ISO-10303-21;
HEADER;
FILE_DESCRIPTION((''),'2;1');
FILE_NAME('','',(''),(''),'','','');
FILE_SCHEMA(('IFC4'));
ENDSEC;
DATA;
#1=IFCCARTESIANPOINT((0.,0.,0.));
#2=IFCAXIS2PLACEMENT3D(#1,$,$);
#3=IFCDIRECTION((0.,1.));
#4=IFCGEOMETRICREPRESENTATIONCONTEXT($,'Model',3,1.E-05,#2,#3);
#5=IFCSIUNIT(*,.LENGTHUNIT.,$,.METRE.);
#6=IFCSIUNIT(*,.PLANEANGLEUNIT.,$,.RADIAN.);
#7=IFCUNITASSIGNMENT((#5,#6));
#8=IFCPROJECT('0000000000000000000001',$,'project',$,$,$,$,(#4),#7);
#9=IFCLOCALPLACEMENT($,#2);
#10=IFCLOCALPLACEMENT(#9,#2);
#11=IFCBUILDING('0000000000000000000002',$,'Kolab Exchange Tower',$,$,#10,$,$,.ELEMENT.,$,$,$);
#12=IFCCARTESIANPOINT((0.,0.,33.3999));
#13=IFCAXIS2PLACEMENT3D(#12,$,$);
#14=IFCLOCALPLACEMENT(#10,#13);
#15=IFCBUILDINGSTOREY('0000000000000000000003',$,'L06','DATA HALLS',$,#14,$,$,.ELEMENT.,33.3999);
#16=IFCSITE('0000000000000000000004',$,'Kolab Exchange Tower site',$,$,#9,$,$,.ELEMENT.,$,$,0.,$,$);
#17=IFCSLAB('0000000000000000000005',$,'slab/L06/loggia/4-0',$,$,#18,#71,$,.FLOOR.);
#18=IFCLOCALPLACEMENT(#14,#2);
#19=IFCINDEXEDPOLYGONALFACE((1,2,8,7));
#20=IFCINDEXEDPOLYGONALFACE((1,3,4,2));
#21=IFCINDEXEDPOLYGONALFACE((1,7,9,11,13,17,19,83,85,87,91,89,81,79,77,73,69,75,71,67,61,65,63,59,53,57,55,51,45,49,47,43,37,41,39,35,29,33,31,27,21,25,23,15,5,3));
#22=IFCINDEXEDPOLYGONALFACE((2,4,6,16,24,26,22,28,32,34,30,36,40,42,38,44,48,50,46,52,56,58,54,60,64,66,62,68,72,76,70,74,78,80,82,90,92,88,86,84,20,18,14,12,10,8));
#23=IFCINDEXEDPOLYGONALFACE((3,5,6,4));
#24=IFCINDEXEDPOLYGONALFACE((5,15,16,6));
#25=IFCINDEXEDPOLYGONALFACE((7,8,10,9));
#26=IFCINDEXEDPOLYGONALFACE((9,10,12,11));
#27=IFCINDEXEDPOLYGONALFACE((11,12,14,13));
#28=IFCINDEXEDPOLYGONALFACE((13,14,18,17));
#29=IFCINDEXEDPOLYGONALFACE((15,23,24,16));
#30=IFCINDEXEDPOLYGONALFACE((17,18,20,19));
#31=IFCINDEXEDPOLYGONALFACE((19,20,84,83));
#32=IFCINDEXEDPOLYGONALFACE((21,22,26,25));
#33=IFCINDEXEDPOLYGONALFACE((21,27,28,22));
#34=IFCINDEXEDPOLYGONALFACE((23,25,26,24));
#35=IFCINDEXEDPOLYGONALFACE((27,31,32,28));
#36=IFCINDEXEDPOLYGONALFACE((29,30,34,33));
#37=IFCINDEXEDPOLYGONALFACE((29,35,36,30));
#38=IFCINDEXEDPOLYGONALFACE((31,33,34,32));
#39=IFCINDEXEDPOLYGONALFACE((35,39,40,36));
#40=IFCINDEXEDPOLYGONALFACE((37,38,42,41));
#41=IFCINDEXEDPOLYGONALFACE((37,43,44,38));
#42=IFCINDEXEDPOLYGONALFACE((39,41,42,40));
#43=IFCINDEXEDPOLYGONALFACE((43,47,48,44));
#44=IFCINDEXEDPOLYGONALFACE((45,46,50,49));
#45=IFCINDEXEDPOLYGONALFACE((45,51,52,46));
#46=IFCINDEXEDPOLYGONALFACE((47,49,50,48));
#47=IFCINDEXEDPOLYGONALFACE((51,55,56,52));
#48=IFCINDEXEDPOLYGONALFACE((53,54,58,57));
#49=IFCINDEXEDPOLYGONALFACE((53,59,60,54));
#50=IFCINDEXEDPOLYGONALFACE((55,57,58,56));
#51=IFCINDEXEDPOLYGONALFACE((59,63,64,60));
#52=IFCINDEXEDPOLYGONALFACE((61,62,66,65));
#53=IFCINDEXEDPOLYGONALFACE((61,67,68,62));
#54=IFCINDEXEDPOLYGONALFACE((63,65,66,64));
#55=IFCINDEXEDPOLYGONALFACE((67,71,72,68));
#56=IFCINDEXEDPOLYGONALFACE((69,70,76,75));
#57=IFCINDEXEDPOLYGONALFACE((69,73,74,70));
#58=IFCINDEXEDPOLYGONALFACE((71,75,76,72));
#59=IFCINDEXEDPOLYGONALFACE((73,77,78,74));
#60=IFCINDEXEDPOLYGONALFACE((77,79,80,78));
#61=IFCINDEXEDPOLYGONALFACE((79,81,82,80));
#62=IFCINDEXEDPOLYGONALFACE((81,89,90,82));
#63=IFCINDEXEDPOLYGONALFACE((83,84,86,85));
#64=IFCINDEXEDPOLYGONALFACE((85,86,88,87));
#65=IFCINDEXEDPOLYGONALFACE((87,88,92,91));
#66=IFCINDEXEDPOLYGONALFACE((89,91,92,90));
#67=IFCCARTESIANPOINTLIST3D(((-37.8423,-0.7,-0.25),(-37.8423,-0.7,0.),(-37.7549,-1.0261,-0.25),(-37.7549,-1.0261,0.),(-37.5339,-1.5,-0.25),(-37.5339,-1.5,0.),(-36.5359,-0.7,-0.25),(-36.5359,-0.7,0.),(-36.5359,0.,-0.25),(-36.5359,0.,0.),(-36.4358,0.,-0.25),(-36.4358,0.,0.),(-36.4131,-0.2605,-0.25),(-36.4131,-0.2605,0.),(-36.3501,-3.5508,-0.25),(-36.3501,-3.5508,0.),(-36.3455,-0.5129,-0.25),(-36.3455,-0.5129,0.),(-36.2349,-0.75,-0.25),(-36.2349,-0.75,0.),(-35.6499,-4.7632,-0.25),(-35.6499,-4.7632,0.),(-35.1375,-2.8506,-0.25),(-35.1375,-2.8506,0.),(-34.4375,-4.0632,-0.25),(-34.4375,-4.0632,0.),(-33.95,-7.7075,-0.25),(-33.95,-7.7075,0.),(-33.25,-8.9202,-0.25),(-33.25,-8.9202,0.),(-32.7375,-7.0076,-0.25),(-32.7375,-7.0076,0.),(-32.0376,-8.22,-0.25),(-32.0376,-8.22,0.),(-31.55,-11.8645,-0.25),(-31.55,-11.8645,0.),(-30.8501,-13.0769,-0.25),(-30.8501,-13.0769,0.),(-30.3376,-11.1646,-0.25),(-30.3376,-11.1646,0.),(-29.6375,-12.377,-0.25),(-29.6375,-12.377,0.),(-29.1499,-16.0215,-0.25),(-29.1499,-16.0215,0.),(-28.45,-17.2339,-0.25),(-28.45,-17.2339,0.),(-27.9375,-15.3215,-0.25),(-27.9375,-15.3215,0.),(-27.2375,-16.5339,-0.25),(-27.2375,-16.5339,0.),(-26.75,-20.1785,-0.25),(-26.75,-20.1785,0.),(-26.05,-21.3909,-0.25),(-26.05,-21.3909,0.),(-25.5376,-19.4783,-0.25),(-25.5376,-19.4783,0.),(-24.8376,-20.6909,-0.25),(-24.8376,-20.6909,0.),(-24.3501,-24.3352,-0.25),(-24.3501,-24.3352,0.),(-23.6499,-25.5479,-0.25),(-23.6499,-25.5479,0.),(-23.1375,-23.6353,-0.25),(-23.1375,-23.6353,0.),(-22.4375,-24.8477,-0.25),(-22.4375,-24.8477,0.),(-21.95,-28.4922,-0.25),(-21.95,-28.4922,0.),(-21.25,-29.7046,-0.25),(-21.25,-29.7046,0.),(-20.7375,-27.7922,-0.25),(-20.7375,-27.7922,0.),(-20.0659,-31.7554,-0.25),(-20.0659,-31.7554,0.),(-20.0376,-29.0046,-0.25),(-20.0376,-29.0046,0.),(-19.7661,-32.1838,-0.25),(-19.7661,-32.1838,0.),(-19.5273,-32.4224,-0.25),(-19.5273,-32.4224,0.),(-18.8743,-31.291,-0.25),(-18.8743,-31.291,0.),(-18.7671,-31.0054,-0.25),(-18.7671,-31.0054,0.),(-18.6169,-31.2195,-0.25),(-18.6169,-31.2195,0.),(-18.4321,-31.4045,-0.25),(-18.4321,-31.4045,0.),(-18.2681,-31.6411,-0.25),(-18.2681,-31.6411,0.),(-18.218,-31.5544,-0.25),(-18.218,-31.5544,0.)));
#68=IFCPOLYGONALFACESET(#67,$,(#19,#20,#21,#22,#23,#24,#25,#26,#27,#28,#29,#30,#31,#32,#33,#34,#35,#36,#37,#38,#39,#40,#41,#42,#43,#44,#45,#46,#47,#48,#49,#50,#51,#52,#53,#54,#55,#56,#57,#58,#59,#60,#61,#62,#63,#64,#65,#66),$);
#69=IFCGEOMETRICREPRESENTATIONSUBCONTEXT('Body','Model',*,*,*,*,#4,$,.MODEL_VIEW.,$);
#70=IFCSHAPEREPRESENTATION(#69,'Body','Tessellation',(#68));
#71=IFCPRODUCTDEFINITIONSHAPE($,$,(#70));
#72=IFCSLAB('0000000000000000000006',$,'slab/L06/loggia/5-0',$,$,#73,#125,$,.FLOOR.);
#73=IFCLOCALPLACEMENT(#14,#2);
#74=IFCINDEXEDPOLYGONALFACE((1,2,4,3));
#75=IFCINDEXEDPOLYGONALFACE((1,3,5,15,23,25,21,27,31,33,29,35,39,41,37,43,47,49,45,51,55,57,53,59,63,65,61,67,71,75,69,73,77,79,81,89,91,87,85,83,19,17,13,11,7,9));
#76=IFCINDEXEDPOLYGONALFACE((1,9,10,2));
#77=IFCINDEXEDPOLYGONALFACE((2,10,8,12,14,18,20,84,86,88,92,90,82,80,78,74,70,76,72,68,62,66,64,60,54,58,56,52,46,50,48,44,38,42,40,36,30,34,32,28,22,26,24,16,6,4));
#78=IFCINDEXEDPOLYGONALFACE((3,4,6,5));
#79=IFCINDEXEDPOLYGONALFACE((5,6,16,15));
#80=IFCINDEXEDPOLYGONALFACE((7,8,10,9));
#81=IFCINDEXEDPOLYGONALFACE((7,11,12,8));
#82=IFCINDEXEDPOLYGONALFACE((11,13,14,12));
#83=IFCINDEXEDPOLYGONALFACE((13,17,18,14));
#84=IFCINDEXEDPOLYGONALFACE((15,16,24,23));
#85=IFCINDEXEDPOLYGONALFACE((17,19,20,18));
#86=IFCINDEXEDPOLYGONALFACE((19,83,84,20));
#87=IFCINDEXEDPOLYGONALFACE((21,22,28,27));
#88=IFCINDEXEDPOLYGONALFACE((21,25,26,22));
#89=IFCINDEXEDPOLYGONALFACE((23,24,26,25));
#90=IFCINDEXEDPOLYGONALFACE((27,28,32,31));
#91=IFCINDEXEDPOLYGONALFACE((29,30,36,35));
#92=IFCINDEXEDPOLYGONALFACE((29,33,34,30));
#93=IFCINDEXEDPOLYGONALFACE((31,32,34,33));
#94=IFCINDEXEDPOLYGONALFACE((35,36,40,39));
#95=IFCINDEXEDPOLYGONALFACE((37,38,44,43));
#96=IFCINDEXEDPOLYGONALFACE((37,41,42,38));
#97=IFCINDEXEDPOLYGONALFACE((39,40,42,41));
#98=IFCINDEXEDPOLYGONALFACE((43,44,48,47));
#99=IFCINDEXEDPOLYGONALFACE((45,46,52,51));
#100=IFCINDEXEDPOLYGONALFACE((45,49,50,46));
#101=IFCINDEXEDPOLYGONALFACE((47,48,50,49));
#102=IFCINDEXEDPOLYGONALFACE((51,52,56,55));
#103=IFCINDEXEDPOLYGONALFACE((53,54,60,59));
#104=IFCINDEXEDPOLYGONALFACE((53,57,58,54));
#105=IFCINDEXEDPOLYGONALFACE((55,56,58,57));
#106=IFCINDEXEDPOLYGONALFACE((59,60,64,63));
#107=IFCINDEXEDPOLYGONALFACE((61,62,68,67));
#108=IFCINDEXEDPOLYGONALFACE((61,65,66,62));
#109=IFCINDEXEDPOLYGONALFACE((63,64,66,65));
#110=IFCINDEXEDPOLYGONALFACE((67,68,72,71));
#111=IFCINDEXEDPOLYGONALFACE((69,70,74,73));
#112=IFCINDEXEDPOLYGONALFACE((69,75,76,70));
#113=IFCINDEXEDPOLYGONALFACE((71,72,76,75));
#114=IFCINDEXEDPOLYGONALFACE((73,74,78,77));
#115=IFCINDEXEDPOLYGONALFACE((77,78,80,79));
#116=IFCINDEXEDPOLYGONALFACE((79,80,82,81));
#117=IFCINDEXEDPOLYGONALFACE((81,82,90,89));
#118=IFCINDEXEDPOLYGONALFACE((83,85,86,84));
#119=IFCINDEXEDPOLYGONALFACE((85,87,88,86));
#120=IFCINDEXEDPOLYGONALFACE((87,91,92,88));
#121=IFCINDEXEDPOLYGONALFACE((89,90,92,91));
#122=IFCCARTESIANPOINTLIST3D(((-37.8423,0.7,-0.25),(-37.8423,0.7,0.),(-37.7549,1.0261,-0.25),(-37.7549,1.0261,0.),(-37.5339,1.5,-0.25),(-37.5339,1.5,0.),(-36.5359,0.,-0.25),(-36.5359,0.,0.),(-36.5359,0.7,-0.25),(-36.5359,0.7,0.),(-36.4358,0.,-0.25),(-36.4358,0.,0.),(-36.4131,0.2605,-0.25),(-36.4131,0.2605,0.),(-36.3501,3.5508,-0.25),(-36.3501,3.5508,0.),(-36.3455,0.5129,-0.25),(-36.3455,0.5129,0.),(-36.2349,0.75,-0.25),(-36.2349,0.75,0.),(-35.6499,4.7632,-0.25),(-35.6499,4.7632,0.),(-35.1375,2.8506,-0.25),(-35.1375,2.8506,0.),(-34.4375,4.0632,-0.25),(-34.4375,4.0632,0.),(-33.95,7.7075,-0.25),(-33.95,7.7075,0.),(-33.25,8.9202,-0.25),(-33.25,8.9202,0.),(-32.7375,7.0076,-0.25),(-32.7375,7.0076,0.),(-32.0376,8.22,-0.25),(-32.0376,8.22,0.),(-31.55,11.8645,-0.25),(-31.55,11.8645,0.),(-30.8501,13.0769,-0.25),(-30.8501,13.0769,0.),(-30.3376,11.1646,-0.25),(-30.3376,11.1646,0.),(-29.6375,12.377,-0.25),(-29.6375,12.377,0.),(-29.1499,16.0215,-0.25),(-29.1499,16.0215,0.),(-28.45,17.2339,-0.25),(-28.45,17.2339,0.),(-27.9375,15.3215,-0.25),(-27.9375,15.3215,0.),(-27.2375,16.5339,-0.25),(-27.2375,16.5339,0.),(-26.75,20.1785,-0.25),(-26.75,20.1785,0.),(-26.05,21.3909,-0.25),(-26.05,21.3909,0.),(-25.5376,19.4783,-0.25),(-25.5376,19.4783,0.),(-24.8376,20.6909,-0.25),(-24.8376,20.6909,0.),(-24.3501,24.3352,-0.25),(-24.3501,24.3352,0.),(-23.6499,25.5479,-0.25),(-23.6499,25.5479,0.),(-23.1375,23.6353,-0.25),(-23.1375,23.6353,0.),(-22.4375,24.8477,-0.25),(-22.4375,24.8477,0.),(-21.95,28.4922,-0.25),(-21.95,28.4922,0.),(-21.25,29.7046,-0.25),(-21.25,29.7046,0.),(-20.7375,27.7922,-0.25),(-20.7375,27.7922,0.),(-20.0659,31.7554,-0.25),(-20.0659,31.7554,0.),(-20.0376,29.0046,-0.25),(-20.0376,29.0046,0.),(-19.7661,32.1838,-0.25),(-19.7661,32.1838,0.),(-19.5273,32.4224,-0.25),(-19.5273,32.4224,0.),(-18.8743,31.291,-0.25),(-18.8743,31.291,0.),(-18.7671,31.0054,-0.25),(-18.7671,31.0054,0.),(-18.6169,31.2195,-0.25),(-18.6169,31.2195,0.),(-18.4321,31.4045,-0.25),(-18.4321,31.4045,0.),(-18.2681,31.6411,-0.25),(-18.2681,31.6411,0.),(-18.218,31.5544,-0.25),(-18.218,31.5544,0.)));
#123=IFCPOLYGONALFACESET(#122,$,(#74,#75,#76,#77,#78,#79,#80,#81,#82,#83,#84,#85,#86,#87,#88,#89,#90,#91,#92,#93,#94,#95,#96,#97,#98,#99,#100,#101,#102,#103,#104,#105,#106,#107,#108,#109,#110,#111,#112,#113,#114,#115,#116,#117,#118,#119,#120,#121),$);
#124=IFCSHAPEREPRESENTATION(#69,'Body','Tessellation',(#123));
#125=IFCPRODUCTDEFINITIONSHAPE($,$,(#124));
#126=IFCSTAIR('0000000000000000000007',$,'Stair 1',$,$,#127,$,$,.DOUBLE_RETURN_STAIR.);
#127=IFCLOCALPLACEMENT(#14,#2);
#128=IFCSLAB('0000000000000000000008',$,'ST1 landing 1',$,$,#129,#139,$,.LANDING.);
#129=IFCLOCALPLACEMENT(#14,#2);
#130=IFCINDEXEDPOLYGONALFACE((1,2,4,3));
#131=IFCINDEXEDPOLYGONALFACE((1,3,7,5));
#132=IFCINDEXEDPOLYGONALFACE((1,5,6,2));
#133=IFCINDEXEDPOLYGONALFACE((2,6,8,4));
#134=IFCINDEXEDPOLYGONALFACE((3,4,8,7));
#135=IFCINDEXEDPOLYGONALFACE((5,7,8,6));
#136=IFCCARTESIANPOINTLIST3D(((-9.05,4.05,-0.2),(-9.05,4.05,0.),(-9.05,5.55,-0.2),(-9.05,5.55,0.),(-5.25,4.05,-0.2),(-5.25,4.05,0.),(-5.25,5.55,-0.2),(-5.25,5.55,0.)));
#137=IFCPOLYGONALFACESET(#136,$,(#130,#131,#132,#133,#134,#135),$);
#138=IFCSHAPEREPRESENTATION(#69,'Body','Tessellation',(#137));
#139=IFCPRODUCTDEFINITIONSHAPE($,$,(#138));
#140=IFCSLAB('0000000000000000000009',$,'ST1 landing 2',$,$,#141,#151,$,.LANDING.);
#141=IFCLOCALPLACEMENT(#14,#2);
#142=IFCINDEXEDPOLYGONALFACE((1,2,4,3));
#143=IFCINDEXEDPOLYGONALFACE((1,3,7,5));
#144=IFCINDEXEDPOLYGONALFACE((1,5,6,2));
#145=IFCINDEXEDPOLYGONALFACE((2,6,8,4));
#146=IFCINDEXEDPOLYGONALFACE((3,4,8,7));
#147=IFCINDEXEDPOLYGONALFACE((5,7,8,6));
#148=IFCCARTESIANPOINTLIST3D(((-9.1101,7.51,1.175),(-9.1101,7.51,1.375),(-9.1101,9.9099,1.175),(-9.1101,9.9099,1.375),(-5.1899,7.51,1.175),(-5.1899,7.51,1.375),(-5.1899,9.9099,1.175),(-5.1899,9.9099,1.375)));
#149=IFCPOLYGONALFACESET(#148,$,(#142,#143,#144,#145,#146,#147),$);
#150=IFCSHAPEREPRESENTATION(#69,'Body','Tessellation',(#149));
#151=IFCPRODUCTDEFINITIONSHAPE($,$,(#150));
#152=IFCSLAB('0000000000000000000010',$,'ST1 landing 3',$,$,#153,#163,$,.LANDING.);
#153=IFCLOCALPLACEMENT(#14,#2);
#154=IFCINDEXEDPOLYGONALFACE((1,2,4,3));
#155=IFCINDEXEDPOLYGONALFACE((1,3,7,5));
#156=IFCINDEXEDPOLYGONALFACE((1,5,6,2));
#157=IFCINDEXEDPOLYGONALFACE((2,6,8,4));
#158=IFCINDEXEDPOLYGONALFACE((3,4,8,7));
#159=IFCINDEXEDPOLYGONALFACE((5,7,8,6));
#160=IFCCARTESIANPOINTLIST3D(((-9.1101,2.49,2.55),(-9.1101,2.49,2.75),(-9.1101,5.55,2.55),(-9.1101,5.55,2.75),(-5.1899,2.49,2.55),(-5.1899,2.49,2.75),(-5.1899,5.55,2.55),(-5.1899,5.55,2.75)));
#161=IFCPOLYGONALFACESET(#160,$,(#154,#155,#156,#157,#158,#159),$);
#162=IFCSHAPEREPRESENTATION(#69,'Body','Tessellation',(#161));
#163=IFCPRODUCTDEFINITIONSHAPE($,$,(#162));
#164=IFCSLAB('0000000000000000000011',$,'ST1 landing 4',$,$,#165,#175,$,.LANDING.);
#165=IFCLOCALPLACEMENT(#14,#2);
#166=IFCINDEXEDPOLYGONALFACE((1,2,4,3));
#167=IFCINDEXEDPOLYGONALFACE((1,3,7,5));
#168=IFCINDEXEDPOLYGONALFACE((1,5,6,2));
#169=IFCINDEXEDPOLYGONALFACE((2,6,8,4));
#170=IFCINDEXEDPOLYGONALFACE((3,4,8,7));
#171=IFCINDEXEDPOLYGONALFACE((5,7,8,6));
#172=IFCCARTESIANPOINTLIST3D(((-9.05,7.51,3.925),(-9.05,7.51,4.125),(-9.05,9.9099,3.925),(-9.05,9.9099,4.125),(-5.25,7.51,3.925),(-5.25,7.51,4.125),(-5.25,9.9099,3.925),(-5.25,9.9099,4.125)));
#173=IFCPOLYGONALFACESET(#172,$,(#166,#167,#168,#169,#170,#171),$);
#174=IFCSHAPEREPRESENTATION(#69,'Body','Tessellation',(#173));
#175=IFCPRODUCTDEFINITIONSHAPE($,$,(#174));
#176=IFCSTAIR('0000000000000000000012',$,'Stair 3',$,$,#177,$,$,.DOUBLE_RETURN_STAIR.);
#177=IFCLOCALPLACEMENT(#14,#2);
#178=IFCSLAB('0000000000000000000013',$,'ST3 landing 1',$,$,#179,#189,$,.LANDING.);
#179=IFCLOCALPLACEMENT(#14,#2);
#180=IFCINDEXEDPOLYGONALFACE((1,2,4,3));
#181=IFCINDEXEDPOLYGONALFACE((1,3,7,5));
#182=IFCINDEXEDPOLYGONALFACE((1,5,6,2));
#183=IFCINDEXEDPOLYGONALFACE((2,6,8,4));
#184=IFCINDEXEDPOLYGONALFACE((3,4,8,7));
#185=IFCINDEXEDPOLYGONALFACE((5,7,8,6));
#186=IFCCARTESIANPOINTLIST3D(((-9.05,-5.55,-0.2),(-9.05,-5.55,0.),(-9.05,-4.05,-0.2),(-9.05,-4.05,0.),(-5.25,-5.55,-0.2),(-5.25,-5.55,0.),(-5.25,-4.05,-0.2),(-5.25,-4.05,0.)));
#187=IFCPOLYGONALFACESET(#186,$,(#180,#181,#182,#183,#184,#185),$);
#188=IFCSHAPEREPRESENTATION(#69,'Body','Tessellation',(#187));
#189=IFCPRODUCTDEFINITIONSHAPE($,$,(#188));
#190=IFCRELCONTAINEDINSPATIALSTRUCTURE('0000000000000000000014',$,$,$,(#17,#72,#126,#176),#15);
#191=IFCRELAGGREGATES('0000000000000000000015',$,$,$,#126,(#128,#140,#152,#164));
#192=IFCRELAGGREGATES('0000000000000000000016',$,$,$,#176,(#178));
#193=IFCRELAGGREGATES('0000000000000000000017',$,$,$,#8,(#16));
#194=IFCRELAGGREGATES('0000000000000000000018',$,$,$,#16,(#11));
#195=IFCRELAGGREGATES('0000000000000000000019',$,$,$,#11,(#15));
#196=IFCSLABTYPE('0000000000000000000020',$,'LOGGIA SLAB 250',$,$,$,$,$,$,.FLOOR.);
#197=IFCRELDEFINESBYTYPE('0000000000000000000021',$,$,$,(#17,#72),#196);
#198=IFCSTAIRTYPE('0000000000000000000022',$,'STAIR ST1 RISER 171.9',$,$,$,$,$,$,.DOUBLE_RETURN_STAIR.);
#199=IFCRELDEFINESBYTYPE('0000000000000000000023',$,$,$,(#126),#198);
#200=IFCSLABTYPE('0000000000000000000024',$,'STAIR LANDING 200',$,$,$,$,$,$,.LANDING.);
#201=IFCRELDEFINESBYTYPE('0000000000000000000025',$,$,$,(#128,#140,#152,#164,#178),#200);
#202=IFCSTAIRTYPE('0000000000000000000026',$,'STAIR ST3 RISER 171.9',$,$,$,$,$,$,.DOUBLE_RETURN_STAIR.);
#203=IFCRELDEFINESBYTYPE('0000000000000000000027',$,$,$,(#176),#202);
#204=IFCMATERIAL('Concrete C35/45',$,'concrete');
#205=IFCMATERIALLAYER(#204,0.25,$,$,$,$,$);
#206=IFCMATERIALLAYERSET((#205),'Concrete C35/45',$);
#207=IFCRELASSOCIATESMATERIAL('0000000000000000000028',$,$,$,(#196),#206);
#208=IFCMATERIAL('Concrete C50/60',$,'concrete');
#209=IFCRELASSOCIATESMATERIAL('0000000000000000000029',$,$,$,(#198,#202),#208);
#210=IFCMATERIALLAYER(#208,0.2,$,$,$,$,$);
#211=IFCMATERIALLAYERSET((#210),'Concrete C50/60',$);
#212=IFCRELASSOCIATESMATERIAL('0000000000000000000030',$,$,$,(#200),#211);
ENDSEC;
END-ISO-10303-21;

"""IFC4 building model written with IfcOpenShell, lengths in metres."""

from ifc_helpers import new_model, si_unit, direction, frame, origin, place, context, subcontext, project, spatial, polyline, outline, extrude, material, layer, layer_set, type_object, element, aggregate, save


model = new_model("IFC4")

# Units and contexts
model_context = context("Model", 3, precision=1e-05, world=origin(), true_north=direction((0.0, 1.0)))
body_context = subcontext(model_context, "Body", "Model", "MODEL_VIEW")
ifc_project = project(units=[si_unit("LENGTHUNIT", "METRE"), si_unit("PLANEANGLEUNIT", "RADIAN")], contexts=[model_context])

# Site, building, storey
site_placement = place(None, origin())
site = spatial("IfcSite", under=ifc_project, at=site_placement, Name="Kolab Exchange Tower site", CompositionType="ELEMENT", RefElevation=0.0)
building_placement = place(site_placement, origin())
building = spatial("IfcBuilding", under=site, at=building_placement, Name="Kolab Exchange Tower", CompositionType="ELEMENT")
storey_placement = place(building_placement, frame((0.0, 0.0, 33.3999)))
storey = spatial("IfcBuildingStorey", under=building, at=storey_placement, Name="L06", Description="DATA HALLS", CompositionType="ELEMENT", Elevation=33.3999)

# Slabs
ifc_material_1 = material(Name="Concrete C35/45", Category="concrete")
ifc_layer_1 = layer(ifc_material_1, 0.25)
ifc_layer_set_1 = layer_set([ifc_layer_1], Name="Concrete C35/45")
slab_type_1 = type_object("IfcSlabType", Name="LOGGIA SLAB 250", PredefinedType="FLOOR", material=ifc_layer_set_1)
slab_1_placement = place(storey_placement, frame((0.0, 0.0, -0.25)))
element("IfcSlab", 1, at=slab_1_placement, inside=storey, type_object=slab_type_1, Name="slab/L06/loggia/4-0", PredefinedType="FLOOR", context=body_context, shape_type="SweptSolid", body=[
    extrude(outline(polyline([(-36.4358, 0.0), (-36.5359, 0.0), (-36.5359, -0.7), (-37.8423, -0.7), (-37.7549, -1.0261), (-37.5339, -1.5), (-36.3501, -3.5508), (-35.1375, -2.8506), (-34.4375, -4.0632), (-35.6499, -4.7632), (-33.95, -7.7075), (-32.7375, -7.0076), (-32.0376, -8.22), (-33.25, -8.9202), (-31.55, -11.8645), (-30.3376, -11.1646), (-29.6375, -12.377), (-30.8501, -13.0769), (-29.1499, -16.0215), (-27.9375, -15.3215), (-27.2375, -16.5339), (-28.45, -17.2339), (-26.75, -20.1785), (-25.5376, -19.4783), (-24.8376, -20.6909), (-26.05, -21.3909), (-24.3501, -24.3352), (-23.1375, -23.6353), (-22.4375, -24.8477), (-23.6499, -25.5479), (-21.95, -28.4922), (-20.7375, -27.7922), (-20.0376, -29.0046), (-21.25, -29.7046), (-20.0659, -31.7554), (-19.7661, -32.1838), (-19.5273, -32.4224), (-18.8743, -31.291), (-18.2681, -31.6411), (-18.218, -31.5544), (-18.4321, -31.4045), (-18.6169, -31.2195), (-18.7671, -31.0054), (-36.2349, -0.75), (-36.3455, -0.5129), (-36.4131, -0.2605), (-36.4358, 0.0)])), origin(), (0.0, 0.0, 1.0), 0.25),
])
slab_2_placement = place(storey_placement, frame((0.0, 0.0, -0.25)))
element("IfcSlab", 2, at=slab_2_placement, inside=storey, type_object=slab_type_1, Name="slab/L06/loggia/5-0", PredefinedType="FLOOR", context=body_context, shape_type="SweptSolid", body=[
    extrude(outline(polyline([(-18.218, 31.5544), (-18.2681, 31.6411), (-18.8743, 31.291), (-19.5273, 32.4224), (-19.7661, 32.1838), (-20.0659, 31.7554), (-21.25, 29.7046), (-20.0376, 29.0046), (-20.7375, 27.7922), (-21.95, 28.4922), (-23.6499, 25.5479), (-22.4375, 24.8477), (-23.1375, 23.6353), (-24.3501, 24.3352), (-26.05, 21.3909), (-24.8376, 20.6909), (-25.5376, 19.4783), (-26.75, 20.1785), (-28.45, 17.2339), (-27.2375, 16.5339), (-27.9375, 15.3215), (-29.1499, 16.0215), (-30.8501, 13.0769), (-29.6375, 12.377), (-30.3376, 11.1646), (-31.55, 11.8645), (-33.25, 8.9202), (-32.0376, 8.22), (-32.7375, 7.0076), (-33.95, 7.7075), (-35.6499, 4.7632), (-34.4375, 4.0632), (-35.1375, 2.8506), (-36.3501, 3.5508), (-37.5339, 1.5), (-37.7549, 1.0261), (-37.8423, 0.7), (-36.5359, 0.7), (-36.5359, 0.0), (-36.4358, 0.0), (-36.4131, 0.2605), (-36.3455, 0.5129), (-36.2349, 0.75), (-18.7671, 31.0054), (-18.6169, 31.2195), (-18.4321, 31.4045), (-18.218, 31.5544)])), origin(), (0.0, 0.0, 1.0), 0.25),
])

# Stairs, slabs
ifc_material_2 = material(Name="Concrete C50/60", Category="concrete")
stair_type_1 = type_object("IfcStairType", Name="STAIR ST1 RISER 171.9", PredefinedType="DOUBLE_RETURN_STAIR", material=ifc_material_2)
stair_1_placement = place(storey_placement, origin())
stair_1 = element("IfcStair", 3, at=stair_1_placement, inside=storey, type_object=stair_type_1, Name="Stair 1", PredefinedType="DOUBLE_RETURN_STAIR")
ifc_layer_2 = layer(ifc_material_2, 0.2)
ifc_layer_set_2 = layer_set([ifc_layer_2], Name="Concrete C50/60")
slab_type_2 = type_object("IfcSlabType", Name="STAIR LANDING 200", PredefinedType="LANDING", material=ifc_layer_set_2)
slab_3_placement = place(storey_placement, frame((0.0, 0.0, -0.2)))
slab_3 = element("IfcSlab", 4, at=slab_3_placement, type_object=slab_type_2, Name="ST1 landing 1", PredefinedType="LANDING", context=body_context, shape_type="SweptSolid", body=[
    extrude(outline(polyline([(-9.05, 4.05), (-5.25, 4.05), (-5.25, 5.55), (-9.05, 5.55), (-9.05, 4.05)])), origin(), (0.0, 0.0, 1.0), 0.2),
])
slab_4_placement = place(storey_placement, frame((0.0, 0.0, 1.175)))
slab_4 = element("IfcSlab", 5, at=slab_4_placement, type_object=slab_type_2, Name="ST1 landing 2", PredefinedType="LANDING", context=body_context, shape_type="SweptSolid", body=[
    extrude(outline(polyline([(-9.1101, 7.51), (-5.1899, 7.51), (-5.1899, 9.9099), (-9.1101, 9.9099), (-9.1101, 7.51)])), origin(), (0.0, 0.0, 1.0), 0.2),
])
slab_5_placement = place(storey_placement, frame((0.0, 0.0, 2.55)))
slab_5 = element("IfcSlab", 6, at=slab_5_placement, type_object=slab_type_2, Name="ST1 landing 3", PredefinedType="LANDING", context=body_context, shape_type="SweptSolid", body=[
    extrude(outline(polyline([(-9.1101, 2.49), (-5.1899, 2.49), (-5.1899, 5.55), (-9.1101, 5.55), (-9.1101, 2.49)])), origin(), (0.0, 0.0, 1.0), 0.2),
])
slab_6_placement = place(storey_placement, frame((0.0, 0.0, 3.925)))
slab_6 = element("IfcSlab", 7, at=slab_6_placement, type_object=slab_type_2, Name="ST1 landing 4", PredefinedType="LANDING", context=body_context, shape_type="SweptSolid", body=[
    extrude(outline(polyline([(-9.05, 7.51), (-5.25, 7.51), (-5.25, 9.9099), (-9.05, 9.9099), (-9.05, 7.51)])), origin(), (0.0, 0.0, 1.0), 0.2),
])
aggregate(stair_1, [slab_3, slab_4, slab_5, slab_6])
stair_type_2 = type_object("IfcStairType", Name="STAIR ST3 RISER 171.9", PredefinedType="DOUBLE_RETURN_STAIR", material=ifc_material_2)
stair_2_placement = place(storey_placement, origin())
stair_2 = element("IfcStair", 8, at=stair_2_placement, inside=storey, type_object=stair_type_2, Name="Stair 3", PredefinedType="DOUBLE_RETURN_STAIR")
slab_7_placement = place(storey_placement, frame((0.0, 0.0, -0.2)))
slab_7 = element("IfcSlab", 9, at=slab_7_placement, type_object=slab_type_2, Name="ST3 landing 1", PredefinedType="LANDING", context=body_context, shape_type="SweptSolid", body=[
    extrude(outline(polyline([(-9.05, -5.55), (-5.25, -5.55), (-5.25, -4.05), (-9.05, -4.05), (-9.05, -5.55)])), origin(), (0.0, 0.0, 1.0), 0.2),
])
aggregate(stair_2, [slab_7])

save(model, "model.ifc")
